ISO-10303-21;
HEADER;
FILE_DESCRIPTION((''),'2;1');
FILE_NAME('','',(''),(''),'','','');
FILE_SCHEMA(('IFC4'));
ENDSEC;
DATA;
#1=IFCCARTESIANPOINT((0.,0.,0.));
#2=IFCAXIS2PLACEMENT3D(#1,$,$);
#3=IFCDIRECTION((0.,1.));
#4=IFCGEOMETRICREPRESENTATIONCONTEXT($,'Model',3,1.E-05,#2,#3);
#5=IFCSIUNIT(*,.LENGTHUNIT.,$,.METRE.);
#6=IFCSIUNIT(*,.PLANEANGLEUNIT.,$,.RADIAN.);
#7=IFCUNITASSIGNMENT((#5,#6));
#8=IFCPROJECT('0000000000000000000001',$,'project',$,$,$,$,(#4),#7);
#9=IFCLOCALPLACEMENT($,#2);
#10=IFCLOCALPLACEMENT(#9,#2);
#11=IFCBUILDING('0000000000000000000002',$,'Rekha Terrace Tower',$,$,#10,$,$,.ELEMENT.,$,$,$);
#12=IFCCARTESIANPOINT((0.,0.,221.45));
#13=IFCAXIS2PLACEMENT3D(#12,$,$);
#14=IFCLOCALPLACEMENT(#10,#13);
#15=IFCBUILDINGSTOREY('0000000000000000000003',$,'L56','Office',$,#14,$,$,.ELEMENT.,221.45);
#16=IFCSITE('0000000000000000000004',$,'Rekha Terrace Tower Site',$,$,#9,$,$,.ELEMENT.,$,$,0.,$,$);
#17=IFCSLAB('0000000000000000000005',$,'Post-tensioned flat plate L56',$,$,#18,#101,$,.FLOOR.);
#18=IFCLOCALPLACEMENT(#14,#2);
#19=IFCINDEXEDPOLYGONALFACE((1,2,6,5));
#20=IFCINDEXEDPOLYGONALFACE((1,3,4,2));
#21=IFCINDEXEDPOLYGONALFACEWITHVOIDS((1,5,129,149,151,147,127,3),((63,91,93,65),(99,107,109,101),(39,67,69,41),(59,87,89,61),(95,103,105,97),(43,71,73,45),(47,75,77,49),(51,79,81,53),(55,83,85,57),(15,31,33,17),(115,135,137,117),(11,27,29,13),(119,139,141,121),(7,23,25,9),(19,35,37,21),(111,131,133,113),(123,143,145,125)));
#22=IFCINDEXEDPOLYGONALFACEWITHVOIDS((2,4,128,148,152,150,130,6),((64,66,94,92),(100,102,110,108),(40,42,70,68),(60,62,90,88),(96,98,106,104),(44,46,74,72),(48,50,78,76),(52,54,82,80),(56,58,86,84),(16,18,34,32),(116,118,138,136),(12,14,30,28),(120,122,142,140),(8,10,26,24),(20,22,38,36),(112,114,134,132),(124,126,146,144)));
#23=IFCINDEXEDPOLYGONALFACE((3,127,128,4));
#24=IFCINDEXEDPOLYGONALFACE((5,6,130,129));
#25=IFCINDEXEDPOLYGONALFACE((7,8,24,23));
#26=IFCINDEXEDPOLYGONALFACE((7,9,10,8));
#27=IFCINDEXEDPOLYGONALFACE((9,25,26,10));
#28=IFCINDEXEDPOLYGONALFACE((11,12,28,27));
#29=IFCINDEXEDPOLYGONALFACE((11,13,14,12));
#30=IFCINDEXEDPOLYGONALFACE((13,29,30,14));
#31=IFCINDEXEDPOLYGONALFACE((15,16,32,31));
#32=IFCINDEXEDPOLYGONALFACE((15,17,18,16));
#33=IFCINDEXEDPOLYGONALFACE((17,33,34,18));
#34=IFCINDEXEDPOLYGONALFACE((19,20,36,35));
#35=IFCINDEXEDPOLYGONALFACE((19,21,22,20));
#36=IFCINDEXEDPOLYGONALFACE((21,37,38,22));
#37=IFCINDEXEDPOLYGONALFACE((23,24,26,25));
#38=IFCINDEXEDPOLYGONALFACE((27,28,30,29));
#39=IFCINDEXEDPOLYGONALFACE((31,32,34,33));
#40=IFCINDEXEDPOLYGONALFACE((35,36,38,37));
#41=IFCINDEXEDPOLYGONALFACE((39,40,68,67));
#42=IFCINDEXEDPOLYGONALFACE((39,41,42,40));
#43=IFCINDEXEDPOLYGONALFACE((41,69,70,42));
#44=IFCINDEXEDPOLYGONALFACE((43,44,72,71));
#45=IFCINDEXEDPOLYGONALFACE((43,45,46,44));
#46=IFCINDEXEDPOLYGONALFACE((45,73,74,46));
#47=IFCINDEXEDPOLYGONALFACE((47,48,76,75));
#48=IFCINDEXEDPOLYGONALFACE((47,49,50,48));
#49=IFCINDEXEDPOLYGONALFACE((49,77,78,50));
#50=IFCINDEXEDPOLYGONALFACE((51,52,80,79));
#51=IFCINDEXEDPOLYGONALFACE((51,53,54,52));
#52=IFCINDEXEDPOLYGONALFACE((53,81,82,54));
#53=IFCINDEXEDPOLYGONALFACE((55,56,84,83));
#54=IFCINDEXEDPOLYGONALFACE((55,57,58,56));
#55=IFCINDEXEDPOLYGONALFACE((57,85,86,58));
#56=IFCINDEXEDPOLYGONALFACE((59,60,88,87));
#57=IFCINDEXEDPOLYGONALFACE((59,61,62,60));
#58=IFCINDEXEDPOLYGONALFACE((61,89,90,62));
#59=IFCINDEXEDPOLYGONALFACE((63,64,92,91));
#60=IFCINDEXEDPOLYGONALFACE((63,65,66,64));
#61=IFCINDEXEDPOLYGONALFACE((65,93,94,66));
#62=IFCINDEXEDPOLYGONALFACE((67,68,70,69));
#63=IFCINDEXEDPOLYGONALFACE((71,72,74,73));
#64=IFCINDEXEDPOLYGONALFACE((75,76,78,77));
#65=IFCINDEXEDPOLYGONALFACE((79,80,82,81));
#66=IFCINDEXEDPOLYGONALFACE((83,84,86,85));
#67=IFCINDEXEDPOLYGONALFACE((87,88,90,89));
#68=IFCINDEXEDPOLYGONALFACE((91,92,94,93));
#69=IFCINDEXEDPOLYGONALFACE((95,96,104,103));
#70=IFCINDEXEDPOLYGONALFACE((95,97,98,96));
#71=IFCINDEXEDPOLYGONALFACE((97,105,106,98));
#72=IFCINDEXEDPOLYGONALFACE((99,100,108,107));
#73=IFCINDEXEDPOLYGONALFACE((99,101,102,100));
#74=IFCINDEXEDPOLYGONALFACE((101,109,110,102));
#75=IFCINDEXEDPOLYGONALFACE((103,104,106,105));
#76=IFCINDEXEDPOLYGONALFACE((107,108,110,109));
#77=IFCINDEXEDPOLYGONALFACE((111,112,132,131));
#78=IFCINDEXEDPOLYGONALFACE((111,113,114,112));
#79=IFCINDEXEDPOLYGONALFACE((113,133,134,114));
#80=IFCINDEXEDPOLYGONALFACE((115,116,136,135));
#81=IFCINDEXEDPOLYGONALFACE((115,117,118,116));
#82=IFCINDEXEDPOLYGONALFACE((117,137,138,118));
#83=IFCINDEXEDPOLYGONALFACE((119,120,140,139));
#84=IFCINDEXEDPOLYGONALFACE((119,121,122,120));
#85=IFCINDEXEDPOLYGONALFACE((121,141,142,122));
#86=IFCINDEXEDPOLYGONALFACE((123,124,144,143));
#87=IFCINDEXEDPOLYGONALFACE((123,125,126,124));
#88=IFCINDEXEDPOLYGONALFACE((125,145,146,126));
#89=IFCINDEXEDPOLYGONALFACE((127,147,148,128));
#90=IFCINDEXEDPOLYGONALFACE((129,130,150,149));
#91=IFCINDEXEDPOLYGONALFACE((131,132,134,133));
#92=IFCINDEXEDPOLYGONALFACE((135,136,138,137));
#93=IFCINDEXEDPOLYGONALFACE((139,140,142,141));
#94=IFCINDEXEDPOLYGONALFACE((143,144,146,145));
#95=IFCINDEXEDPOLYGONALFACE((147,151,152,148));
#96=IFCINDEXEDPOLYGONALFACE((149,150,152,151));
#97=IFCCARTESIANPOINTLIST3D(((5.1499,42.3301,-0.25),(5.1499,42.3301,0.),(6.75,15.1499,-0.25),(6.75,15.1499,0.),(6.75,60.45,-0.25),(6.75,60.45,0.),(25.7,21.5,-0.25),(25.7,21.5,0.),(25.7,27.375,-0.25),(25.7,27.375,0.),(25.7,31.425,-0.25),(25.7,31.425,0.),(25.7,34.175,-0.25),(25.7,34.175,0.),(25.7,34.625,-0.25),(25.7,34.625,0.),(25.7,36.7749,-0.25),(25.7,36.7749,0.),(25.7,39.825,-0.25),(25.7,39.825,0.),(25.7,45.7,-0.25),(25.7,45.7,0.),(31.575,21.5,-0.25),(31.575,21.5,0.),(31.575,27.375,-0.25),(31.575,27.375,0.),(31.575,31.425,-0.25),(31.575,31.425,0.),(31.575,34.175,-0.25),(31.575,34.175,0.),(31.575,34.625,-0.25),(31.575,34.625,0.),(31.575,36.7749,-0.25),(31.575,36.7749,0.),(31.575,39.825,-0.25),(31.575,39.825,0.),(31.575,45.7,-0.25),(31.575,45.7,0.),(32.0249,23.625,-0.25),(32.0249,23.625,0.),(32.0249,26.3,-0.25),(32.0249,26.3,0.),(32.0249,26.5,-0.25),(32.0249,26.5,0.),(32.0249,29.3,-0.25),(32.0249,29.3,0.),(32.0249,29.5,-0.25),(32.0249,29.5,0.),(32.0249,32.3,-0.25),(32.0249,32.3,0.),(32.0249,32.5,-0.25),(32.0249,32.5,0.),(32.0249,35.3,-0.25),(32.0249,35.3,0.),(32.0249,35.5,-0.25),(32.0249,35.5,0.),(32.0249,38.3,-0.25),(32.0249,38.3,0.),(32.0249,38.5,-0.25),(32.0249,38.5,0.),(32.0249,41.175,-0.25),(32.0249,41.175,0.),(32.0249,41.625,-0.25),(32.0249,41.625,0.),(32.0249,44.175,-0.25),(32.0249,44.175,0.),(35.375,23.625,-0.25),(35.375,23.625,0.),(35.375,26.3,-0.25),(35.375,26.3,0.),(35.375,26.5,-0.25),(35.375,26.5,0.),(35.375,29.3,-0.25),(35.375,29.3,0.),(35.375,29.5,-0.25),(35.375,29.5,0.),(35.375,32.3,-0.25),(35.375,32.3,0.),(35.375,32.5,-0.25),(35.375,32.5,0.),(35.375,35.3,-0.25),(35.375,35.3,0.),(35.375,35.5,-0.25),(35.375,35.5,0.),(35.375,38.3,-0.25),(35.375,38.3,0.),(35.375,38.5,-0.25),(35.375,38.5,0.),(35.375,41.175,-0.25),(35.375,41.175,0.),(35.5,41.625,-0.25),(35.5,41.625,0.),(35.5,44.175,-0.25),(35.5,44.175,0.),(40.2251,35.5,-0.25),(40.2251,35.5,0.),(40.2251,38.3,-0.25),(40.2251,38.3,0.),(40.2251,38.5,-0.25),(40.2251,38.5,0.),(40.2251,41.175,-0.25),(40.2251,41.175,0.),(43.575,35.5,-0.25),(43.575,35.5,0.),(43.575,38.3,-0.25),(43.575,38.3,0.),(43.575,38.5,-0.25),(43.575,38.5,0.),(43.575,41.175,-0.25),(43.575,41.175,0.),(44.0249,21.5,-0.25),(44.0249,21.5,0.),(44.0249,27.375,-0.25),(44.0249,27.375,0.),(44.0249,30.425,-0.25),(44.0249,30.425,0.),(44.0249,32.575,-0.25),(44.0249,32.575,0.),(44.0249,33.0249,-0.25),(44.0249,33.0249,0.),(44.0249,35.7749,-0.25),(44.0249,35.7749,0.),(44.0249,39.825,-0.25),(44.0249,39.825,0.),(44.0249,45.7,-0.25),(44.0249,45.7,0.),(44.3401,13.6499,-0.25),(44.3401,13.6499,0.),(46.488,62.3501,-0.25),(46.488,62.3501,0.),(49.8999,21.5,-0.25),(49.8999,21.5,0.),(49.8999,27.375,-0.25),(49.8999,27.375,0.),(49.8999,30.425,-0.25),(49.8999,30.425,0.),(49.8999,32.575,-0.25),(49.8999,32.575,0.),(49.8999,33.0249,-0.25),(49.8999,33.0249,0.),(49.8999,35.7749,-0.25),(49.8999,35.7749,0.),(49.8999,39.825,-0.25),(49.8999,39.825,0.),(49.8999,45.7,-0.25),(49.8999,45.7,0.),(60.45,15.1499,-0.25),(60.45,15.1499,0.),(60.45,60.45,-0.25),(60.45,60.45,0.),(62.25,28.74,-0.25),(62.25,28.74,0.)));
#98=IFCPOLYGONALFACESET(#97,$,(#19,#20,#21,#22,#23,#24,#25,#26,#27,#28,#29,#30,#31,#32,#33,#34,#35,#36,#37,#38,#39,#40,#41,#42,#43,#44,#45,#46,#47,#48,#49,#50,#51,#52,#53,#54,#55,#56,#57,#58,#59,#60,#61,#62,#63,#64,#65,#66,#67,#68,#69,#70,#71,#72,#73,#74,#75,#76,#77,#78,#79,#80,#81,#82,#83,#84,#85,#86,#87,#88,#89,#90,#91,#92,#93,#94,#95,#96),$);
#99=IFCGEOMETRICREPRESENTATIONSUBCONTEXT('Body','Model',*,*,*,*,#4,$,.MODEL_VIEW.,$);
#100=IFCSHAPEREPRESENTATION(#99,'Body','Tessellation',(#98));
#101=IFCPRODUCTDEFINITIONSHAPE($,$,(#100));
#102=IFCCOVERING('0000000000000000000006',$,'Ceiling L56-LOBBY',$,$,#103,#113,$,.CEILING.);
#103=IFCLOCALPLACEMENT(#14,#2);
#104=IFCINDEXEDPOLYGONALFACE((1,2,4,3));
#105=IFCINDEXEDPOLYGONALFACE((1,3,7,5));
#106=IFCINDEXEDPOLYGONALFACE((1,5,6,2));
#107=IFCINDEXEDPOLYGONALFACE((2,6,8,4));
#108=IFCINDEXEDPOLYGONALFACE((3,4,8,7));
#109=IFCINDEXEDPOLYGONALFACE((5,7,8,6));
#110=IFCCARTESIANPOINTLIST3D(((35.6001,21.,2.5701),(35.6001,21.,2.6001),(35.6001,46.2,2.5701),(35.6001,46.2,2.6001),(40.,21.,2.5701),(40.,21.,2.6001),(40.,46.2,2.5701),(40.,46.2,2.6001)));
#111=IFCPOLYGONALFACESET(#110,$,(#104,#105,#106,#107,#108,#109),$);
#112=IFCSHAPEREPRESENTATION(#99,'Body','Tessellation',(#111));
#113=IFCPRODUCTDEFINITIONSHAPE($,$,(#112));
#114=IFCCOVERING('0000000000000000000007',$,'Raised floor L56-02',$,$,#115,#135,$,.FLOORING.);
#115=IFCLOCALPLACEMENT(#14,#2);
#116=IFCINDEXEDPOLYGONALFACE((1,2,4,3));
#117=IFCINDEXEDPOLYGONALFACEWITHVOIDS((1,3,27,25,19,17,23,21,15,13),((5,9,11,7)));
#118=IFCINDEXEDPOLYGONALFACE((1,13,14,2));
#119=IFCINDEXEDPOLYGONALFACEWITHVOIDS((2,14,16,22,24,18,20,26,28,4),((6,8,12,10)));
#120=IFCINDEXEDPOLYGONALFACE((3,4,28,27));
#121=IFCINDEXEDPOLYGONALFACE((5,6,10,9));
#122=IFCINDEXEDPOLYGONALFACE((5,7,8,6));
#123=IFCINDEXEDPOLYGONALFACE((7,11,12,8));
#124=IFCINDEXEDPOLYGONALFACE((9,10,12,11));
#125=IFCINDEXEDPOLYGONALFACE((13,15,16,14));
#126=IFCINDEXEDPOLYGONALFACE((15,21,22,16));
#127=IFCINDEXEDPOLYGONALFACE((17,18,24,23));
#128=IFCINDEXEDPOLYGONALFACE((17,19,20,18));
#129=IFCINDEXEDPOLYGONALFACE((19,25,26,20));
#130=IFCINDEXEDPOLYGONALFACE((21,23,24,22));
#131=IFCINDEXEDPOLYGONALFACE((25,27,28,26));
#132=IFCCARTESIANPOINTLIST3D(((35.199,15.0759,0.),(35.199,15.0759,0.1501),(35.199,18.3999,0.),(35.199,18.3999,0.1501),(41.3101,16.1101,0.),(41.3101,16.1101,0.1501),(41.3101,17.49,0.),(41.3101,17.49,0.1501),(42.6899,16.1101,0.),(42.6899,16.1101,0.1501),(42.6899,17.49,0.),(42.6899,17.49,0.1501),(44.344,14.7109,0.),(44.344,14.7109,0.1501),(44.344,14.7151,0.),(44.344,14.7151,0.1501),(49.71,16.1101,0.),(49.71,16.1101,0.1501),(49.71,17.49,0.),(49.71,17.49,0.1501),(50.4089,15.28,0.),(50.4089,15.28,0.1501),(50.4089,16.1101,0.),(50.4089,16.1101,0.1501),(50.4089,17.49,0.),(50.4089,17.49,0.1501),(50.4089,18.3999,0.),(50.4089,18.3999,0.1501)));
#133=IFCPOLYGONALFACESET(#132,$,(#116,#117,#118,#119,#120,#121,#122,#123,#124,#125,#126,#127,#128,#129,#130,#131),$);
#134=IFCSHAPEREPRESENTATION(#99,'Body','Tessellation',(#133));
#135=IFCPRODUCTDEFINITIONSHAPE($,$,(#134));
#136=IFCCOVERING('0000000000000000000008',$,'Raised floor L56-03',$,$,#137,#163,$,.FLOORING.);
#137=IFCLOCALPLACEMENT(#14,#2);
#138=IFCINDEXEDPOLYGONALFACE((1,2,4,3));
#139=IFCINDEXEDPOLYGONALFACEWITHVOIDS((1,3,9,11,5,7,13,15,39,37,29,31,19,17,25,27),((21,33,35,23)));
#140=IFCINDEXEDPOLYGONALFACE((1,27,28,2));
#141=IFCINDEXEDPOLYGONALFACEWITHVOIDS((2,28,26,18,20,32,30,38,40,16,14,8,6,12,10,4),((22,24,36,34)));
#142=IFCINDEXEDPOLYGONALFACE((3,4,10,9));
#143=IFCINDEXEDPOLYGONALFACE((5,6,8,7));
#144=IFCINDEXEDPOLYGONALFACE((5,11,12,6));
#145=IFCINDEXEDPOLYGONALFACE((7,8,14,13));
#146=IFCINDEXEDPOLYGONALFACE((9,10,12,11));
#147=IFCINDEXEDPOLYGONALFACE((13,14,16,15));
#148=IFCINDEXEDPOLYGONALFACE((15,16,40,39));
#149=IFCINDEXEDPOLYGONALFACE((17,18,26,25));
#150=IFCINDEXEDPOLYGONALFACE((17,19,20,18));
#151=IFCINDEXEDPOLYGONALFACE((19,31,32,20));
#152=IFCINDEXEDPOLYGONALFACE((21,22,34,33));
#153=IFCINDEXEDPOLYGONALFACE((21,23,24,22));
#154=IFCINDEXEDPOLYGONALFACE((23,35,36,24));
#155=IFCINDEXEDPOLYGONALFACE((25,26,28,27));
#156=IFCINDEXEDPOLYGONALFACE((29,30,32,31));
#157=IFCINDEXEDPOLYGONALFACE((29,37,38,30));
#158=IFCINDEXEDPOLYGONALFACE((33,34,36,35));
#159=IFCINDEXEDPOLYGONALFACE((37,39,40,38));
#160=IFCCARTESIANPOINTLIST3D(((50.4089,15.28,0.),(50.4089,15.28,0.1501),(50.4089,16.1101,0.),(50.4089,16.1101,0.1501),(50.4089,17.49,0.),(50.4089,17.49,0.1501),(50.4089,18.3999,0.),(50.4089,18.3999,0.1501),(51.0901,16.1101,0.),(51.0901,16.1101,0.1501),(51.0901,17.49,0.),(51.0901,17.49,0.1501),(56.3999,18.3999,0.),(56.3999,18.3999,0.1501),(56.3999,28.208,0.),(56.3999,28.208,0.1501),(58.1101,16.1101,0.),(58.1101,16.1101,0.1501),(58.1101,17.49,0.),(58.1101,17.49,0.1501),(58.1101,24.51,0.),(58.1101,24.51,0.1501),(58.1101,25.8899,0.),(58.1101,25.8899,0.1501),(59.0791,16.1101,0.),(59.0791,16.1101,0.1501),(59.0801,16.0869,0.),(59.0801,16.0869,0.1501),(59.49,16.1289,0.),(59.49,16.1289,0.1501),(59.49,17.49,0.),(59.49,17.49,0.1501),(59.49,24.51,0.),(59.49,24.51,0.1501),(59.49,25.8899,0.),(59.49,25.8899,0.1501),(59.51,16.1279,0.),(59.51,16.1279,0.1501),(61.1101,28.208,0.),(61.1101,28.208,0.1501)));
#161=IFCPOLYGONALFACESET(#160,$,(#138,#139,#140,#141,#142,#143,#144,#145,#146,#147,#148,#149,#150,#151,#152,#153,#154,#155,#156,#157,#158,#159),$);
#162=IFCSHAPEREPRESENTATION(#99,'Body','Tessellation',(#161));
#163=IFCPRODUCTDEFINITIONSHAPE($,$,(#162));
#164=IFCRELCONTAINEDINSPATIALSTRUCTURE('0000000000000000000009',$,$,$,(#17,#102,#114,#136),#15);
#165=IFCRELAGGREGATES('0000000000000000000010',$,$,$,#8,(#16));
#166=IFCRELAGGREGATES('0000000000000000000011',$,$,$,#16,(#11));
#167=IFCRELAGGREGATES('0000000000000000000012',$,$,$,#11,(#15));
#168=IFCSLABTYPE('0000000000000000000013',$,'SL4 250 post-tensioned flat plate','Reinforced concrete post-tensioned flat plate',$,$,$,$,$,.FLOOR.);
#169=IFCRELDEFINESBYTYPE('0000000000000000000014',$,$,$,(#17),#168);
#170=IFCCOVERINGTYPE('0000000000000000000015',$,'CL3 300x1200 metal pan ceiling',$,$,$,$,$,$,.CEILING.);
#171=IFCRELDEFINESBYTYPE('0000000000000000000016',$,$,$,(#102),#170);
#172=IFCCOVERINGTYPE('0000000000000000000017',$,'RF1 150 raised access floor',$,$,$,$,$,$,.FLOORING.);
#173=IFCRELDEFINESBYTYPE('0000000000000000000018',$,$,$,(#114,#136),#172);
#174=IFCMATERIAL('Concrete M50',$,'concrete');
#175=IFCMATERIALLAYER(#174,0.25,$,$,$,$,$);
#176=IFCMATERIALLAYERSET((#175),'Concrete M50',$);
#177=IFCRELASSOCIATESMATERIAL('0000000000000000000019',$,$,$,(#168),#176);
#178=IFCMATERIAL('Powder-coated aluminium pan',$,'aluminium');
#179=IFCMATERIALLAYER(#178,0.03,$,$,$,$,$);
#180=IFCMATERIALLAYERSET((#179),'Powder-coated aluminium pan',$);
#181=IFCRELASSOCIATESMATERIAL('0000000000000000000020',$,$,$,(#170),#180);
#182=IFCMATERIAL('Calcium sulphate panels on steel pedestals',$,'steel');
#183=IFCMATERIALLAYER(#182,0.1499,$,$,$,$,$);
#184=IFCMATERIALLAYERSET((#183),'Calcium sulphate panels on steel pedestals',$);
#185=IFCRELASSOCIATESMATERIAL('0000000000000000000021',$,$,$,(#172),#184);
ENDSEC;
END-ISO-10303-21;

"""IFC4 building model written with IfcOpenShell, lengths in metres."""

from ifc_helpers import new_model, si_unit, direction, frame, origin, place, context, subcontext, project, spatial, polyline, outline, extrude, material, layer, layer_set, type_object, element, save


model = new_model("IFC4")

# Units and contexts
model_context = context("Model", 3, precision=1e-05, world=origin(), true_north=direction((0.0, 1.0)))
body_context = subcontext(model_context, "Body", "Model", "MODEL_VIEW")
ifc_project = project(units=[si_unit("LENGTHUNIT", "METRE"), si_unit("PLANEANGLEUNIT", "RADIAN")], contexts=[model_context])

# Site, building, storey
site_placement = place(None, origin())
site = spatial("IfcSite", under=ifc_project, at=site_placement, Name="Rekha Terrace Tower Site", CompositionType="ELEMENT", RefElevation=0.0)
building_placement = place(site_placement, origin())
building = spatial("IfcBuilding", under=site, at=building_placement, Name="Rekha Terrace Tower", CompositionType="ELEMENT")
storey_placement = place(building_placement, frame((0.0, 0.0, 221.45)))
storey = spatial("IfcBuildingStorey", under=building, at=storey_placement, Name="L56", Description="Office", CompositionType="ELEMENT", Elevation=221.45)

# Slab
ifc_material_1 = material(Name="Concrete M50", Category="concrete")
ifc_layer_1 = layer(ifc_material_1, 0.25)
ifc_layer_set_1 = layer_set([ifc_layer_1], Name="Concrete M50")
slab_type_1 = type_object("IfcSlabType", Name="SL4 250 post-tensioned flat plate", Description="Reinforced concrete post-tensioned flat plate", PredefinedType="FLOOR", material=ifc_layer_set_1)
slab_1_placement = place(storey_placement, frame((0.0, 0.0, -0.25)))
element("IfcSlab", 1, at=slab_1_placement, inside=storey, type_object=slab_type_1, Name="Post-tensioned flat plate L56", PredefinedType="FLOOR", context=body_context, shape_type="SweptSolid", body=[
    extrude(outline(polyline([(5.1499, 42.3301), (6.75, 15.1499), (44.3401, 13.6499), (60.45, 15.1499), (62.25, 28.74), (60.45, 60.45), (46.488, 62.3501), (6.75, 60.45), (5.1499, 42.3301)]), holes=[polyline([(31.575, 27.375), (31.575, 21.5), (25.7, 21.5), (25.7, 27.375), (31.575, 27.375)]), polyline([(35.375, 26.3), (35.375, 23.625), (32.0249, 23.625), (32.0249, 26.3), (35.375, 26.3)]), polyline([(35.375, 29.3), (35.375, 26.5), (32.0249, 26.5), (32.0249, 29.3), (35.375, 29.3)]), polyline([(35.375, 32.3), (35.375, 29.5), (32.0249, 29.5), (32.0249, 32.3), (35.375, 32.3)]), polyline([(31.575, 34.175), (31.575, 31.425), (25.7, 31.425), (25.7, 34.175), (31.575, 34.175)]), polyline([(35.375, 35.3), (35.375, 32.5), (32.0249, 32.5), (32.0249, 35.3), (35.375, 35.3)]), polyline([(31.575, 36.7749), (31.575, 34.625), (25.7, 34.625), (25.7, 36.7749), (31.575, 36.7749)]), polyline([(35.375, 38.3), (35.375, 35.5), (32.0249, 35.5), (32.0249, 38.3), (35.375, 38.3)]), polyline([(31.575, 45.7), (31.575, 39.825), (25.7, 39.825), (25.7, 45.7), (31.575, 45.7)]), polyline([(49.8999, 27.375), (49.8999, 21.5), (44.0249, 21.5), (44.0249, 27.375), (49.8999, 27.375)]), polyline([(49.8999, 32.575), (49.8999, 30.425), (44.0249, 30.425), (44.0249, 32.575), (49.8999, 32.575)]), polyline([(49.8999, 35.7749), (49.8999, 33.0249), (44.0249, 33.0249), (44.0249, 35.7749), (49.8999, 35.7749)]), polyline([(43.575, 38.3), (43.575, 35.5), (40.2251, 35.5), (40.2251, 38.3), (43.575, 38.3)]), polyline([(35.375, 41.175), (35.375, 38.5), (32.0249, 38.5), (32.0249, 41.175), (35.375, 41.175)]), polyline([(43.575, 41.175), (43.575, 38.5), (40.2251, 38.5), (40.2251, 41.175), (43.575, 41.175)]), polyline([(49.8999, 39.825), (44.0249, 39.825), (44.0249, 45.7), (49.8999, 45.7), (49.8999, 39.825)]), polyline([(35.5, 41.625), (32.0249, 41.625), (32.0249, 44.175), (35.5, 44.175), (35.5, 41.625)])]), origin(), (0.0, 0.0, 1.0), 0.25),
])

# Coverings
ifc_material_2 = material(Name="Powder-coated aluminium pan", Category="aluminium")
ifc_layer_2 = layer(ifc_material_2, 0.03)
ifc_layer_set_2 = layer_set([ifc_layer_2], Name="Powder-coated aluminium pan")
covering_type_1 = type_object("IfcCoveringType", Name="CL3 300x1200 metal pan ceiling", PredefinedType="CEILING", material=ifc_layer_set_2)
covering_1_placement = place(storey_placement, frame((0.0, 0.0, 2.5701)))
element("IfcCovering", 2, at=covering_1_placement, inside=storey, type_object=covering_type_1, Name="Ceiling L56-LOBBY", PredefinedType="CEILING", context=body_context, shape_type="SweptSolid", body=[
    extrude(outline(polyline([(40.0, 46.2), (35.6001, 46.2), (35.6001, 21.0), (40.0, 21.0), (40.0, 46.2)])), origin(), (0.0, 0.0, 1.0), 0.03),
])
ifc_material_3 = material(Name="Calcium sulphate panels on steel pedestals", Category="steel")
ifc_layer_3 = layer(ifc_material_3, 0.1499)
ifc_layer_set_3 = layer_set([ifc_layer_3], Name="Calcium sulphate panels on steel pedestals")
covering_type_2 = type_object("IfcCoveringType", Name="RF1 150 raised access floor", PredefinedType="FLOORING", material=ifc_layer_set_3)
covering_2_placement = place(storey_placement, origin())
element("IfcCovering", 3, at=covering_2_placement, inside=storey, type_object=covering_type_2, Name="Raised floor L56-02", PredefinedType="FLOORING", context=body_context, shape_type="SweptSolid", body=[
    extrude(outline(polyline([(35.199, 15.0759), (44.344, 14.7109), (44.344, 14.7151), (50.4089, 15.28), (50.4089, 16.1101), (49.71, 16.1101), (49.71, 17.49), (50.4089, 17.49), (50.4089, 18.3999), (35.199, 18.3999), (35.199, 15.0759)]), holes=[polyline([(42.6899, 17.49), (42.6899, 16.1101), (41.3101, 16.1101), (41.3101, 17.49), (42.6899, 17.49)])]), origin(), (0.0, 0.0, 1.0), 0.1501),
])
covering_3_placement = place(storey_placement, origin())
element("IfcCovering", 4, at=covering_3_placement, inside=storey, type_object=covering_type_2, Name="Raised floor L56-03", PredefinedType="FLOORING", context=body_context, shape_type="SweptSolid", body=[
    extrude(outline(polyline([(59.49, 16.1289), (59.51, 16.1279), (61.1101, 28.208), (56.3999, 28.208), (56.3999, 18.3999), (50.4089, 18.3999), (50.4089, 17.49), (51.0901, 17.49), (51.0901, 16.1101), (50.4089, 16.1101), (50.4089, 15.28), (59.0801, 16.0869), (59.0791, 16.1101), (58.1101, 16.1101), (58.1101, 17.49), (59.49, 17.49), (59.49, 16.1289)]), holes=[polyline([(59.49, 24.51), (58.1101, 24.51), (58.1101, 25.8899), (59.49, 25.8899), (59.49, 24.51)])]), origin(), (0.0, 0.0, 1.0), 0.1501),
])

save(model, "model.ifc")
